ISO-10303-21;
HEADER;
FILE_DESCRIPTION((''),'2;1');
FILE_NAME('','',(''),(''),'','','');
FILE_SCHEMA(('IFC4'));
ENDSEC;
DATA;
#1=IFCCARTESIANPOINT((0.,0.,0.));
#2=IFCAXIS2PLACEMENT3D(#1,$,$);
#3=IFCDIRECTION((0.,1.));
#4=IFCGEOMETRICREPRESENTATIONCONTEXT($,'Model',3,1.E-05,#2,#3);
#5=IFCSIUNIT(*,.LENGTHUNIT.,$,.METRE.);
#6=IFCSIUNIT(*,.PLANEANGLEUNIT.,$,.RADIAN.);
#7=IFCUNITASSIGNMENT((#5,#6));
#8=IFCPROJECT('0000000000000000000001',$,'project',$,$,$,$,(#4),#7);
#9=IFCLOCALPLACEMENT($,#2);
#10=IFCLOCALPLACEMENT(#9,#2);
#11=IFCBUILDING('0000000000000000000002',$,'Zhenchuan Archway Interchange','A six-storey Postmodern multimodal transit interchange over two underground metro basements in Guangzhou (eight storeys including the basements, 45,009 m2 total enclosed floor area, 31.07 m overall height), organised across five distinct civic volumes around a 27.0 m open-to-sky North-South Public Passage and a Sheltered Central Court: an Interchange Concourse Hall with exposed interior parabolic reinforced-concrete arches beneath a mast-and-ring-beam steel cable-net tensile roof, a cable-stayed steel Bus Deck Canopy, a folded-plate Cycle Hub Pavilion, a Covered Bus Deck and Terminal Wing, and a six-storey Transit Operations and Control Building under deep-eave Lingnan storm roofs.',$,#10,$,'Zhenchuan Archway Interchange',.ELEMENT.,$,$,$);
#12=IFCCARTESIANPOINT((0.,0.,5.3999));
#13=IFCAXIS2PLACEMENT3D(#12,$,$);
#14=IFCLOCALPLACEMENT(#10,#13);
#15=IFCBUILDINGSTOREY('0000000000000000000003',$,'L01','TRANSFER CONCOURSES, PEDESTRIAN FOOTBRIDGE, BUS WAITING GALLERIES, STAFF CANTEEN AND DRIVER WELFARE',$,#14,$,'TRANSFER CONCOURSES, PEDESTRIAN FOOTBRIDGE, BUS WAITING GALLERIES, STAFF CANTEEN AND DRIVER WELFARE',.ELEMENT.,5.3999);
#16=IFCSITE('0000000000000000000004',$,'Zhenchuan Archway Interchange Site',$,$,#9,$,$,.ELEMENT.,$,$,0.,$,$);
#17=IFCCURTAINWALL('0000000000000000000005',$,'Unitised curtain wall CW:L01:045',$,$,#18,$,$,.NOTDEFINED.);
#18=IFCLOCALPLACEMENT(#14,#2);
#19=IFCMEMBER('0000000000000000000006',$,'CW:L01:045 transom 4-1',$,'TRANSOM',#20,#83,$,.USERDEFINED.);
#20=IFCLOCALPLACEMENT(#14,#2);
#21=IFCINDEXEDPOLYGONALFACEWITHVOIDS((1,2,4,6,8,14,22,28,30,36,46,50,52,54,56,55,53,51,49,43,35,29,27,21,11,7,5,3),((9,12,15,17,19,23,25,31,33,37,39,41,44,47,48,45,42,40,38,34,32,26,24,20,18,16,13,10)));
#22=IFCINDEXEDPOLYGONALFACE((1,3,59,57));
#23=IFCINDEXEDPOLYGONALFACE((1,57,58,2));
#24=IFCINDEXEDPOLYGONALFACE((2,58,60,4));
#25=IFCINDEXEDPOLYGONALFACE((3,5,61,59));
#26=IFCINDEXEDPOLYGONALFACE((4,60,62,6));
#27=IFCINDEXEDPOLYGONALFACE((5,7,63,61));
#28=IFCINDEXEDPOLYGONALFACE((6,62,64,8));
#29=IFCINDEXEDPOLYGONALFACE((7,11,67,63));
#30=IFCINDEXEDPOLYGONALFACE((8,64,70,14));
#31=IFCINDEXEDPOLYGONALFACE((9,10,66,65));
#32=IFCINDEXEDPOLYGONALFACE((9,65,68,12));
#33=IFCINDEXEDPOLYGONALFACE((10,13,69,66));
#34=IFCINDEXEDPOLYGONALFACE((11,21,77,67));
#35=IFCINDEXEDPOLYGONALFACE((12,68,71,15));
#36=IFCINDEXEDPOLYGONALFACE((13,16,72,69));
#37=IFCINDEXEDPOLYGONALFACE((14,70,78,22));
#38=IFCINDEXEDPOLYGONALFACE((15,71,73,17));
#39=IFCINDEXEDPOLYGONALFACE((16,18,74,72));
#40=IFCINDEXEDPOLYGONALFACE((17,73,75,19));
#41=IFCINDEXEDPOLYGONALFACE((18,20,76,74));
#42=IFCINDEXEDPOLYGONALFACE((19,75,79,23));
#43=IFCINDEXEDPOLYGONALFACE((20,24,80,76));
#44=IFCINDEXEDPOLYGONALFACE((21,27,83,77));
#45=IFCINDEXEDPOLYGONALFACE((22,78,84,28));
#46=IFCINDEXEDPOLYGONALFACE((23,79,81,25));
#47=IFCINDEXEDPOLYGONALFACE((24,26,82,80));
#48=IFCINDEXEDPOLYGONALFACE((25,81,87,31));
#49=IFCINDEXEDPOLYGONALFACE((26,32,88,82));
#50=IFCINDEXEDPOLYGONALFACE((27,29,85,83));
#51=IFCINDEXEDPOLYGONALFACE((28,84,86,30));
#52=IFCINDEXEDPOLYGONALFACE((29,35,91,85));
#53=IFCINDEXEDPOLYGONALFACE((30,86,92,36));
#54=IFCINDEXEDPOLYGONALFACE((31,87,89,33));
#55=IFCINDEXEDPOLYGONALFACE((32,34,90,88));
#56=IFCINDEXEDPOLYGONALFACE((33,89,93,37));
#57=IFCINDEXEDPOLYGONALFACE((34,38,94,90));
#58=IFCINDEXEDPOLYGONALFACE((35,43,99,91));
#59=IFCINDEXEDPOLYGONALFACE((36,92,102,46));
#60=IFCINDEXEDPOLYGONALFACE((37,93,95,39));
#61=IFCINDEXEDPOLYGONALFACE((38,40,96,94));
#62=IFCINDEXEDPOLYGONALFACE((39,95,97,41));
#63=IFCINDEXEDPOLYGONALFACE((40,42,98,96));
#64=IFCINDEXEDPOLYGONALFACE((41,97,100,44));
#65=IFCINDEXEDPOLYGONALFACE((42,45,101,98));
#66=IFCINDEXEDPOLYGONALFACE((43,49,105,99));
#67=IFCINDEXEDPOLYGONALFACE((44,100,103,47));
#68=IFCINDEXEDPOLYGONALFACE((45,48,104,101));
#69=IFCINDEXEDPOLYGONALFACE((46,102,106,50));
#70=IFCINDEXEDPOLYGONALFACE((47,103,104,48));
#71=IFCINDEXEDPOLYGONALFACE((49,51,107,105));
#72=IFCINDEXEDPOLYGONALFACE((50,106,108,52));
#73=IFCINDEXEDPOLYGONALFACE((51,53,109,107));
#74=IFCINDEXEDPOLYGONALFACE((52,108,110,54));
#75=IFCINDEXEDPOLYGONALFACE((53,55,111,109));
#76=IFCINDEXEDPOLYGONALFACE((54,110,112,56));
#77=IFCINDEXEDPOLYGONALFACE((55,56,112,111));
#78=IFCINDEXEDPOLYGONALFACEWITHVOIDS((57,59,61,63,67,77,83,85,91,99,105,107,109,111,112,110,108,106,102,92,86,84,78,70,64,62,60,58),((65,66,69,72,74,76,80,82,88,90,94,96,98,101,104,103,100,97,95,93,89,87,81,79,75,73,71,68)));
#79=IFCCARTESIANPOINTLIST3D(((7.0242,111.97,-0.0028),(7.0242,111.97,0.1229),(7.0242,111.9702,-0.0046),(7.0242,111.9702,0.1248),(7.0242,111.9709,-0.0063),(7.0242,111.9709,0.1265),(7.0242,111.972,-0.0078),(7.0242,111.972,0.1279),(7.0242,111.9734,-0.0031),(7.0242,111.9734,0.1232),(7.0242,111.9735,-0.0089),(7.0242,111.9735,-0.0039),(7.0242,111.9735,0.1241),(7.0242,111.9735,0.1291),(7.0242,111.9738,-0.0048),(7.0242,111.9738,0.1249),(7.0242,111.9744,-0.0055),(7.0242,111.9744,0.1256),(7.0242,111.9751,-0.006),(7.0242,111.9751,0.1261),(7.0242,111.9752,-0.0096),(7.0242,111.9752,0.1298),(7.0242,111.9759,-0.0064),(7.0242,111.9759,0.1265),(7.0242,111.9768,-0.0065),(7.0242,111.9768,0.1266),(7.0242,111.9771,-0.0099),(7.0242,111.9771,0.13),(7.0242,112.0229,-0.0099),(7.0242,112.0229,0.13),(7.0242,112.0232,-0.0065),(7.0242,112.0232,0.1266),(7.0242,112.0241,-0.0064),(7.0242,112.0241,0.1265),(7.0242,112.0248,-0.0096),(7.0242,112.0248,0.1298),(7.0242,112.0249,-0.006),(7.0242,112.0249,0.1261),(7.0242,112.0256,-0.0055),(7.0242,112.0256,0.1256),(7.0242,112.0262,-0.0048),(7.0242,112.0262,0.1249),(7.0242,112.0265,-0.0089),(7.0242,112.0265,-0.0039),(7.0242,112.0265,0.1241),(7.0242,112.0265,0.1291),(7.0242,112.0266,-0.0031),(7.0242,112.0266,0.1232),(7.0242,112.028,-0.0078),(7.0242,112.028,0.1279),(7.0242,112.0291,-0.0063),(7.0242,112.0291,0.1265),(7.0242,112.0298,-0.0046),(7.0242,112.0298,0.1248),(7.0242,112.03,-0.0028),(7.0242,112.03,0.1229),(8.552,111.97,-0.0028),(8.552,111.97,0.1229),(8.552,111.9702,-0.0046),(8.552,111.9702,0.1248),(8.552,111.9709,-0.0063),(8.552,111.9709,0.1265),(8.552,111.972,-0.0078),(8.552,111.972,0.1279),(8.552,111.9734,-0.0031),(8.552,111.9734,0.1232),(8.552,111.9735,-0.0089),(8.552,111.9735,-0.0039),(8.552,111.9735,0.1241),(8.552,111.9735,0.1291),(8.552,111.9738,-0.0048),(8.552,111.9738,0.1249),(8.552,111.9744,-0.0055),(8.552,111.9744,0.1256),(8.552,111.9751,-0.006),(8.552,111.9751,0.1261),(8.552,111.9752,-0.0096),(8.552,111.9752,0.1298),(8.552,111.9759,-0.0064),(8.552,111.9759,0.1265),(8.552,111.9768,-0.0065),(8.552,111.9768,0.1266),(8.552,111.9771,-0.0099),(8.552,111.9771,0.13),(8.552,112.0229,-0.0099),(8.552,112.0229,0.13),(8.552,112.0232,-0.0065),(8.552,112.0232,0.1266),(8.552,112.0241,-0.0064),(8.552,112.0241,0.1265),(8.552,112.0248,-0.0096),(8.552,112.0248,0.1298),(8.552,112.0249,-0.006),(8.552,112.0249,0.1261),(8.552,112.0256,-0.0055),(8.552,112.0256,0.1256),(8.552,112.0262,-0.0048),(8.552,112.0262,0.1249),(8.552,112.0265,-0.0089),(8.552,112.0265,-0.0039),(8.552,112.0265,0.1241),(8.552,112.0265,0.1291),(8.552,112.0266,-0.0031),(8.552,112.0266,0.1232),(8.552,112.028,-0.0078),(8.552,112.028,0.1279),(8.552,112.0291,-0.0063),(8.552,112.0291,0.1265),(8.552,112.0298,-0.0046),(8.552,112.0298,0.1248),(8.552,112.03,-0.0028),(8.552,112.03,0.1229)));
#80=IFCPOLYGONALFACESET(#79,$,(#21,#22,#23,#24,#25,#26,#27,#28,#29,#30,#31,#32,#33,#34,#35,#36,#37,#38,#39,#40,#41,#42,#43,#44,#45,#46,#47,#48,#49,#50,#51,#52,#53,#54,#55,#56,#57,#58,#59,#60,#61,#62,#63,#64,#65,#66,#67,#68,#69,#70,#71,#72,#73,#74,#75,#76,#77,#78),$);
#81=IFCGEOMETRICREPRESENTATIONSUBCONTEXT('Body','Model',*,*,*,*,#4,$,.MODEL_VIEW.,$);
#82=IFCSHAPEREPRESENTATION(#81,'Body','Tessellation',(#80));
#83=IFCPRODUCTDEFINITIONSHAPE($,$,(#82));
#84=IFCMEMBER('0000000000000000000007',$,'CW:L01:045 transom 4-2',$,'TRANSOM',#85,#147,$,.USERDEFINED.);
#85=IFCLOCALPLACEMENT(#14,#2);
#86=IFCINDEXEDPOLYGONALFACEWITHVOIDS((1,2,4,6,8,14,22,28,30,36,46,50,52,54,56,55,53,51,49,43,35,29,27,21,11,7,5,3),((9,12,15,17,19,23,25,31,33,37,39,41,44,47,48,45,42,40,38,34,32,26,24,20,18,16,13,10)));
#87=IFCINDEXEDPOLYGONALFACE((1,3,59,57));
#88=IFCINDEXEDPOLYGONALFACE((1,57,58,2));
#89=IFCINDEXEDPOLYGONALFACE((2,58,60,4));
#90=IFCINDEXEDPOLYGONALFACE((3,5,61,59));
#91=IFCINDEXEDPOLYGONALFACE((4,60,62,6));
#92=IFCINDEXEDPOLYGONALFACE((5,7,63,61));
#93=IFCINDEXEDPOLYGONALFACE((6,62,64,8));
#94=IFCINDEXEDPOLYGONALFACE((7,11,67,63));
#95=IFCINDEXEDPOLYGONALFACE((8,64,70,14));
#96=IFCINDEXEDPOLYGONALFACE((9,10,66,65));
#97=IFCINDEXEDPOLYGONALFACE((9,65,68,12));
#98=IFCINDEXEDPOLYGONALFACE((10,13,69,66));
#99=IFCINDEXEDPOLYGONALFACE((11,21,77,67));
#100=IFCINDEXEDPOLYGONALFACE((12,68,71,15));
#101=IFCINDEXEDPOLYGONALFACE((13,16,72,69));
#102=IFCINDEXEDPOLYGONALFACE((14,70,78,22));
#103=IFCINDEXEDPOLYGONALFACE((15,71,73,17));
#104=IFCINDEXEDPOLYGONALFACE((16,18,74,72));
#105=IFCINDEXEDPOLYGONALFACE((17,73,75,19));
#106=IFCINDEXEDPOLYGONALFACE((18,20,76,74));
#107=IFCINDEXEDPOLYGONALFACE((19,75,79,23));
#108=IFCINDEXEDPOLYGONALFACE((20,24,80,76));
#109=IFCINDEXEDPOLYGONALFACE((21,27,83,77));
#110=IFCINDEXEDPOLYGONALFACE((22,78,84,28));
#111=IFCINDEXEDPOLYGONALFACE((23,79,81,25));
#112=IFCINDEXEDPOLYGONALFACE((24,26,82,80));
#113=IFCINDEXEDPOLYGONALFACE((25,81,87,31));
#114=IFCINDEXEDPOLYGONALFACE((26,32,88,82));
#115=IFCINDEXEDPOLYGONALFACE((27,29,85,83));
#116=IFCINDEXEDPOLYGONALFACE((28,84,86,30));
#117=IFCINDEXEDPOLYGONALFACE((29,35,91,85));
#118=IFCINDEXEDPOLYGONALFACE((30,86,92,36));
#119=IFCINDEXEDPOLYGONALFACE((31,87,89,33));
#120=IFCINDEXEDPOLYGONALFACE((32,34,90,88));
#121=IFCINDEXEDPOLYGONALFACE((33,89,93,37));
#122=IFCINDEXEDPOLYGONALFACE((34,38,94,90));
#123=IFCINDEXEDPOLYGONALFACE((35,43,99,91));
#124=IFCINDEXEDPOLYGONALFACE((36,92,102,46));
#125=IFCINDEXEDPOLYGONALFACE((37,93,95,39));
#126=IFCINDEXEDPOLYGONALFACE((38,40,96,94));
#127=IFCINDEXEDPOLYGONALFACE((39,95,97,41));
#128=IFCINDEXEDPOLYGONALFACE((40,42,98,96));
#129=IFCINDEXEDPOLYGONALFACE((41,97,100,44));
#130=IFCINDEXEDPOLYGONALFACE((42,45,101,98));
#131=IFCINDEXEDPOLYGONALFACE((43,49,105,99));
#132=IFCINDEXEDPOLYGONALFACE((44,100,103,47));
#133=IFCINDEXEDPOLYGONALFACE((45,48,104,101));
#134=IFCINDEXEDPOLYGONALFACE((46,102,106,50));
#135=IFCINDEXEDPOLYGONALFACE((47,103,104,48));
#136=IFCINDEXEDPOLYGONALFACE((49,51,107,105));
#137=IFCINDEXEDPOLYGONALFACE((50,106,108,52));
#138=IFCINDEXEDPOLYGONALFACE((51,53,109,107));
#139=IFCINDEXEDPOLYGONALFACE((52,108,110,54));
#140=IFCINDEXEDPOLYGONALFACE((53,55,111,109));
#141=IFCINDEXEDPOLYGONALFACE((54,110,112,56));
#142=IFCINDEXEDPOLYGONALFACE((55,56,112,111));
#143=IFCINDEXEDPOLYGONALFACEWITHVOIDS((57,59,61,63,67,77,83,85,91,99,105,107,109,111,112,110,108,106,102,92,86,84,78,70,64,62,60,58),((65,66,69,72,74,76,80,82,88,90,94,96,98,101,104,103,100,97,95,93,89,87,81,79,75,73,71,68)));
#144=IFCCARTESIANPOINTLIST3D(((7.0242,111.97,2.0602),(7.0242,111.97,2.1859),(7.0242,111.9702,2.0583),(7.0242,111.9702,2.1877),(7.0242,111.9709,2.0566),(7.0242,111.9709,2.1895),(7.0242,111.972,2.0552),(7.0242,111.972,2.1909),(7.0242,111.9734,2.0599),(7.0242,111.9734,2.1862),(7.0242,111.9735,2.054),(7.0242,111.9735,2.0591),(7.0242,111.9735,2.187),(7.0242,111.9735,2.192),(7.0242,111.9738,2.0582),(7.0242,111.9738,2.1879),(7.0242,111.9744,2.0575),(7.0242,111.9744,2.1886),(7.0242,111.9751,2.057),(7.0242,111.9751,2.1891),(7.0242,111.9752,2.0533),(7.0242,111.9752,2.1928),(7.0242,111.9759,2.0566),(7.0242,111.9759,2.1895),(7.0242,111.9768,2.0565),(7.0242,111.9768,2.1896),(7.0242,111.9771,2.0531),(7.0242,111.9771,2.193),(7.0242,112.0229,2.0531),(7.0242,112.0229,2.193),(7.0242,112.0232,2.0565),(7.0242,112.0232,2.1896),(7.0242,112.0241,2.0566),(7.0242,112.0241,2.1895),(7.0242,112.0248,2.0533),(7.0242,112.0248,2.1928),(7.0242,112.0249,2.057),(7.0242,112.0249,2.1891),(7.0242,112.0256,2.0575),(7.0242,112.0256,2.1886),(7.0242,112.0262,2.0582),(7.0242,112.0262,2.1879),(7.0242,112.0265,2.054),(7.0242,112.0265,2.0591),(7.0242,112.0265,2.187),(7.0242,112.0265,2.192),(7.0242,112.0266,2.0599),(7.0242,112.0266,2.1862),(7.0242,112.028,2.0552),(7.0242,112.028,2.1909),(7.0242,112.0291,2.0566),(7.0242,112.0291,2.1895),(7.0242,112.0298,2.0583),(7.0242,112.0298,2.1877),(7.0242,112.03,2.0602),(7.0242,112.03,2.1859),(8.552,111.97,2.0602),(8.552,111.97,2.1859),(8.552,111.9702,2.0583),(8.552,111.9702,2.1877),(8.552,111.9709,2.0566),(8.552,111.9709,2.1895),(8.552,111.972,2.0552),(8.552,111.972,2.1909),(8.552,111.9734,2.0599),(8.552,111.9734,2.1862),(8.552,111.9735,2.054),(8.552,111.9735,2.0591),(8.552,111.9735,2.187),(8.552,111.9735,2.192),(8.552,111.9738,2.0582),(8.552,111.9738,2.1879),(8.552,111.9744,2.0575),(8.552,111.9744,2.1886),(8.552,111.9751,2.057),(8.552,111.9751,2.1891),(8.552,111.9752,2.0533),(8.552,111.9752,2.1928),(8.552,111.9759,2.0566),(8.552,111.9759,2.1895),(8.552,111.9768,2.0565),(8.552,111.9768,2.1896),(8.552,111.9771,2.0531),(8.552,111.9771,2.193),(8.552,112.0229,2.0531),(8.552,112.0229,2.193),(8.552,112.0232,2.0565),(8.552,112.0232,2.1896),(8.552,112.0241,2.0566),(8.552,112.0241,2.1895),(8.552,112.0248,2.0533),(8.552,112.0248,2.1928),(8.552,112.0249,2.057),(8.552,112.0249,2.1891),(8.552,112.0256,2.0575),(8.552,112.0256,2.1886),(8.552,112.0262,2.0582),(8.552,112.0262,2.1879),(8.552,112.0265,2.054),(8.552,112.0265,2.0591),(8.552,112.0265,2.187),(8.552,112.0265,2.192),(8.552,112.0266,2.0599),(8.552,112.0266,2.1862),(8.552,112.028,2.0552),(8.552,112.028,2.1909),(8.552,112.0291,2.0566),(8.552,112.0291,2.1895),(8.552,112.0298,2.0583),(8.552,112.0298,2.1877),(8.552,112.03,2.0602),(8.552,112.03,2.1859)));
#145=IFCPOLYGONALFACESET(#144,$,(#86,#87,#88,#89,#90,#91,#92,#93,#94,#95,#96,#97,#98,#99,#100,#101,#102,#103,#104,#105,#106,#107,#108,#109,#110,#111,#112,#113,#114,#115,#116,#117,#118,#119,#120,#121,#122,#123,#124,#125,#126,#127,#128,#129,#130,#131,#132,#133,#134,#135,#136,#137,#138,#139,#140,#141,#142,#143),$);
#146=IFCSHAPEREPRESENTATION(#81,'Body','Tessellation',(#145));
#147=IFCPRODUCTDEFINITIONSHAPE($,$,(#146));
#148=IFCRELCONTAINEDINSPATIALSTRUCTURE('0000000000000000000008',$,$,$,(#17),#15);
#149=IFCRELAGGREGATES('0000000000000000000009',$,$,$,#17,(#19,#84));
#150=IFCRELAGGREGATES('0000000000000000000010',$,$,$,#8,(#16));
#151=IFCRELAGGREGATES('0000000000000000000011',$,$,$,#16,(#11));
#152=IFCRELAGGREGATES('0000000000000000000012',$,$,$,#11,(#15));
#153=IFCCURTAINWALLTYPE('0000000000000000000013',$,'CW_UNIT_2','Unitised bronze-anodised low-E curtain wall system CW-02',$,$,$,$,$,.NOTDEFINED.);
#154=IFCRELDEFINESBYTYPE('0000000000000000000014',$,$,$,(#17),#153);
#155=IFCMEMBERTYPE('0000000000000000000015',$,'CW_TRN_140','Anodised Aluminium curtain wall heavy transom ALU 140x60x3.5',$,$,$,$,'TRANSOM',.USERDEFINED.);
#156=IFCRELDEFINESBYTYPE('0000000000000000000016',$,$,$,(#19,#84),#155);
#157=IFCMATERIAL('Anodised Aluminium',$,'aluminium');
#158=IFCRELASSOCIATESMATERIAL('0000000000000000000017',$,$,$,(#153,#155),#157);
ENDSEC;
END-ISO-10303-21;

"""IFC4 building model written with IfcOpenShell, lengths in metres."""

from ifc_helpers import new_model, si_unit, direction, frame, origin, origin_2d, place, context, subcontext, project, spatial, hollow_rectangle, extrude, material, material_profile, profile_set, type_object, element, aggregate, save


model = new_model("IFC4")

# Units and contexts
model_context = context("Model", 3, precision=1e-05, world=origin(), true_north=direction((0.0, 1.0)))
body_context = subcontext(model_context, "Body", "Model", "MODEL_VIEW")
ifc_project = project(units=[si_unit("LENGTHUNIT", "METRE"), si_unit("PLANEANGLEUNIT", "RADIAN")], contexts=[model_context])

# Site, building, storey
site_placement = place(None, origin())
site = spatial("IfcSite", under=ifc_project, at=site_placement, Name="Zhenchuan Archway Interchange Site", CompositionType="ELEMENT", RefElevation=0.0)
building_placement = place(site_placement, origin())
building = spatial("IfcBuilding", under=site, at=building_placement, Name="Zhenchuan Archway Interchange", Description="A six-storey Postmodern multimodal transit interchange over two underground metro basements in Guangzhou (eight storeys including the basements, 45,009 m2 total enclosed floor area, 31.07 m overall height), organised across five distinct civic volumes around a 27.0 m open-to-sky North-South Public Passage and a Sheltered Central Court: an Interchange Concourse Hall with exposed interior parabolic reinforced-concrete arches beneath a mast-and-ring-beam steel cable-net tensile roof, a cable-stayed steel Bus Deck Canopy, a folded-plate Cycle Hub Pavilion, a Covered Bus Deck and Terminal Wing, and a six-storey Transit Operations and Control Building under deep-eave Lingnan storm roofs.", LongName="Zhenchuan Archway Interchange", CompositionType="ELEMENT")
storey_placement = place(building_placement, frame((0.0, 0.0, 5.3999)))
storey = spatial("IfcBuildingStorey", under=building, at=storey_placement, Name="L01", Description="TRANSFER CONCOURSES, PEDESTRIAN FOOTBRIDGE, BUS WAITING GALLERIES, STAFF CANTEEN AND DRIVER WELFARE", LongName="TRANSFER CONCOURSES, PEDESTRIAN FOOTBRIDGE, BUS WAITING GALLERIES, STAFF CANTEEN AND DRIVER WELFARE", CompositionType="ELEMENT", Elevation=5.3999)

# Curtain wall
ifc_material_1 = material(Name="Anodised Aluminium", Category="aluminium")
curtain_wall_type_1 = type_object("IfcCurtainWallType", Name="CW_UNIT_2", Description="Unitised bronze-anodised low-E curtain wall system CW-02", PredefinedType="NOTDEFINED", material=ifc_material_1)
curtain_wall_1_placement = place(storey_placement, origin())
curtain_wall_1 = element("IfcCurtainWall", 1, at=curtain_wall_1_placement, inside=storey, type_object=curtain_wall_type_1, Name="Unitised curtain wall CW:L01:045", PredefinedType="NOTDEFINED")

# Members
ifc_material_profile_1 = material_profile(ifc_material_1, hollow_rectangle(XDim=0.0601, YDim=0.1399, WallThickness=0.0034, InnerFilletRadius=0.0034, OuterFilletRadius=0.0071, at=origin_2d()), Name="ALU 140x60x3.5")
ifc_profile_set_1 = profile_set([ifc_material_profile_1], Name="Anodised Aluminium")
member_type_1 = type_object("IfcMemberType", Name="CW_TRN_140", Description="Anodised Aluminium curtain wall heavy transom ALU 140x60x3.5", ElementType="TRANSOM", PredefinedType="USERDEFINED", material=ifc_profile_set_1)
member_1_placement = place(storey_placement, frame((7.0242, 112.0, 0.0601), z_axis=(1.0, 0.0, 0.0), x_axis=(0.0, 1.0, 0.0)))
member_1 = element("IfcMember", 2, at=member_1_placement, type_object=member_type_1, Name="CW:L01:045 transom 4-1", ObjectType="TRANSOM", PredefinedType="USERDEFINED", context=body_context, shape_type="SweptSolid", body=[
    extrude(hollow_rectangle(XDim=0.0601, YDim=0.1399, WallThickness=0.0034, InnerFilletRadius=0.0034, OuterFilletRadius=0.0071, at=origin_2d()), origin(), (0.0, 0.0, 1.0), 1.5278),
])
member_2_placement = place(storey_placement, frame((7.0242, 112.0, 2.123), z_axis=(1.0, 0.0, 0.0), x_axis=(0.0, 1.0, 0.0)))
member_2 = element("IfcMember", 3, at=member_2_placement, type_object=member_type_1, Name="CW:L01:045 transom 4-2", ObjectType="TRANSOM", PredefinedType="USERDEFINED", context=body_context, shape_type="SweptSolid", body=[
    extrude(hollow_rectangle(XDim=0.0601, YDim=0.1399, WallThickness=0.0034, InnerFilletRadius=0.0034, OuterFilletRadius=0.0071, at=origin_2d()), origin(), (0.0, 0.0, 1.0), 1.5278),
])

aggregate(curtain_wall_1, [member_1, member_2])

save(model, "model.ifc")
